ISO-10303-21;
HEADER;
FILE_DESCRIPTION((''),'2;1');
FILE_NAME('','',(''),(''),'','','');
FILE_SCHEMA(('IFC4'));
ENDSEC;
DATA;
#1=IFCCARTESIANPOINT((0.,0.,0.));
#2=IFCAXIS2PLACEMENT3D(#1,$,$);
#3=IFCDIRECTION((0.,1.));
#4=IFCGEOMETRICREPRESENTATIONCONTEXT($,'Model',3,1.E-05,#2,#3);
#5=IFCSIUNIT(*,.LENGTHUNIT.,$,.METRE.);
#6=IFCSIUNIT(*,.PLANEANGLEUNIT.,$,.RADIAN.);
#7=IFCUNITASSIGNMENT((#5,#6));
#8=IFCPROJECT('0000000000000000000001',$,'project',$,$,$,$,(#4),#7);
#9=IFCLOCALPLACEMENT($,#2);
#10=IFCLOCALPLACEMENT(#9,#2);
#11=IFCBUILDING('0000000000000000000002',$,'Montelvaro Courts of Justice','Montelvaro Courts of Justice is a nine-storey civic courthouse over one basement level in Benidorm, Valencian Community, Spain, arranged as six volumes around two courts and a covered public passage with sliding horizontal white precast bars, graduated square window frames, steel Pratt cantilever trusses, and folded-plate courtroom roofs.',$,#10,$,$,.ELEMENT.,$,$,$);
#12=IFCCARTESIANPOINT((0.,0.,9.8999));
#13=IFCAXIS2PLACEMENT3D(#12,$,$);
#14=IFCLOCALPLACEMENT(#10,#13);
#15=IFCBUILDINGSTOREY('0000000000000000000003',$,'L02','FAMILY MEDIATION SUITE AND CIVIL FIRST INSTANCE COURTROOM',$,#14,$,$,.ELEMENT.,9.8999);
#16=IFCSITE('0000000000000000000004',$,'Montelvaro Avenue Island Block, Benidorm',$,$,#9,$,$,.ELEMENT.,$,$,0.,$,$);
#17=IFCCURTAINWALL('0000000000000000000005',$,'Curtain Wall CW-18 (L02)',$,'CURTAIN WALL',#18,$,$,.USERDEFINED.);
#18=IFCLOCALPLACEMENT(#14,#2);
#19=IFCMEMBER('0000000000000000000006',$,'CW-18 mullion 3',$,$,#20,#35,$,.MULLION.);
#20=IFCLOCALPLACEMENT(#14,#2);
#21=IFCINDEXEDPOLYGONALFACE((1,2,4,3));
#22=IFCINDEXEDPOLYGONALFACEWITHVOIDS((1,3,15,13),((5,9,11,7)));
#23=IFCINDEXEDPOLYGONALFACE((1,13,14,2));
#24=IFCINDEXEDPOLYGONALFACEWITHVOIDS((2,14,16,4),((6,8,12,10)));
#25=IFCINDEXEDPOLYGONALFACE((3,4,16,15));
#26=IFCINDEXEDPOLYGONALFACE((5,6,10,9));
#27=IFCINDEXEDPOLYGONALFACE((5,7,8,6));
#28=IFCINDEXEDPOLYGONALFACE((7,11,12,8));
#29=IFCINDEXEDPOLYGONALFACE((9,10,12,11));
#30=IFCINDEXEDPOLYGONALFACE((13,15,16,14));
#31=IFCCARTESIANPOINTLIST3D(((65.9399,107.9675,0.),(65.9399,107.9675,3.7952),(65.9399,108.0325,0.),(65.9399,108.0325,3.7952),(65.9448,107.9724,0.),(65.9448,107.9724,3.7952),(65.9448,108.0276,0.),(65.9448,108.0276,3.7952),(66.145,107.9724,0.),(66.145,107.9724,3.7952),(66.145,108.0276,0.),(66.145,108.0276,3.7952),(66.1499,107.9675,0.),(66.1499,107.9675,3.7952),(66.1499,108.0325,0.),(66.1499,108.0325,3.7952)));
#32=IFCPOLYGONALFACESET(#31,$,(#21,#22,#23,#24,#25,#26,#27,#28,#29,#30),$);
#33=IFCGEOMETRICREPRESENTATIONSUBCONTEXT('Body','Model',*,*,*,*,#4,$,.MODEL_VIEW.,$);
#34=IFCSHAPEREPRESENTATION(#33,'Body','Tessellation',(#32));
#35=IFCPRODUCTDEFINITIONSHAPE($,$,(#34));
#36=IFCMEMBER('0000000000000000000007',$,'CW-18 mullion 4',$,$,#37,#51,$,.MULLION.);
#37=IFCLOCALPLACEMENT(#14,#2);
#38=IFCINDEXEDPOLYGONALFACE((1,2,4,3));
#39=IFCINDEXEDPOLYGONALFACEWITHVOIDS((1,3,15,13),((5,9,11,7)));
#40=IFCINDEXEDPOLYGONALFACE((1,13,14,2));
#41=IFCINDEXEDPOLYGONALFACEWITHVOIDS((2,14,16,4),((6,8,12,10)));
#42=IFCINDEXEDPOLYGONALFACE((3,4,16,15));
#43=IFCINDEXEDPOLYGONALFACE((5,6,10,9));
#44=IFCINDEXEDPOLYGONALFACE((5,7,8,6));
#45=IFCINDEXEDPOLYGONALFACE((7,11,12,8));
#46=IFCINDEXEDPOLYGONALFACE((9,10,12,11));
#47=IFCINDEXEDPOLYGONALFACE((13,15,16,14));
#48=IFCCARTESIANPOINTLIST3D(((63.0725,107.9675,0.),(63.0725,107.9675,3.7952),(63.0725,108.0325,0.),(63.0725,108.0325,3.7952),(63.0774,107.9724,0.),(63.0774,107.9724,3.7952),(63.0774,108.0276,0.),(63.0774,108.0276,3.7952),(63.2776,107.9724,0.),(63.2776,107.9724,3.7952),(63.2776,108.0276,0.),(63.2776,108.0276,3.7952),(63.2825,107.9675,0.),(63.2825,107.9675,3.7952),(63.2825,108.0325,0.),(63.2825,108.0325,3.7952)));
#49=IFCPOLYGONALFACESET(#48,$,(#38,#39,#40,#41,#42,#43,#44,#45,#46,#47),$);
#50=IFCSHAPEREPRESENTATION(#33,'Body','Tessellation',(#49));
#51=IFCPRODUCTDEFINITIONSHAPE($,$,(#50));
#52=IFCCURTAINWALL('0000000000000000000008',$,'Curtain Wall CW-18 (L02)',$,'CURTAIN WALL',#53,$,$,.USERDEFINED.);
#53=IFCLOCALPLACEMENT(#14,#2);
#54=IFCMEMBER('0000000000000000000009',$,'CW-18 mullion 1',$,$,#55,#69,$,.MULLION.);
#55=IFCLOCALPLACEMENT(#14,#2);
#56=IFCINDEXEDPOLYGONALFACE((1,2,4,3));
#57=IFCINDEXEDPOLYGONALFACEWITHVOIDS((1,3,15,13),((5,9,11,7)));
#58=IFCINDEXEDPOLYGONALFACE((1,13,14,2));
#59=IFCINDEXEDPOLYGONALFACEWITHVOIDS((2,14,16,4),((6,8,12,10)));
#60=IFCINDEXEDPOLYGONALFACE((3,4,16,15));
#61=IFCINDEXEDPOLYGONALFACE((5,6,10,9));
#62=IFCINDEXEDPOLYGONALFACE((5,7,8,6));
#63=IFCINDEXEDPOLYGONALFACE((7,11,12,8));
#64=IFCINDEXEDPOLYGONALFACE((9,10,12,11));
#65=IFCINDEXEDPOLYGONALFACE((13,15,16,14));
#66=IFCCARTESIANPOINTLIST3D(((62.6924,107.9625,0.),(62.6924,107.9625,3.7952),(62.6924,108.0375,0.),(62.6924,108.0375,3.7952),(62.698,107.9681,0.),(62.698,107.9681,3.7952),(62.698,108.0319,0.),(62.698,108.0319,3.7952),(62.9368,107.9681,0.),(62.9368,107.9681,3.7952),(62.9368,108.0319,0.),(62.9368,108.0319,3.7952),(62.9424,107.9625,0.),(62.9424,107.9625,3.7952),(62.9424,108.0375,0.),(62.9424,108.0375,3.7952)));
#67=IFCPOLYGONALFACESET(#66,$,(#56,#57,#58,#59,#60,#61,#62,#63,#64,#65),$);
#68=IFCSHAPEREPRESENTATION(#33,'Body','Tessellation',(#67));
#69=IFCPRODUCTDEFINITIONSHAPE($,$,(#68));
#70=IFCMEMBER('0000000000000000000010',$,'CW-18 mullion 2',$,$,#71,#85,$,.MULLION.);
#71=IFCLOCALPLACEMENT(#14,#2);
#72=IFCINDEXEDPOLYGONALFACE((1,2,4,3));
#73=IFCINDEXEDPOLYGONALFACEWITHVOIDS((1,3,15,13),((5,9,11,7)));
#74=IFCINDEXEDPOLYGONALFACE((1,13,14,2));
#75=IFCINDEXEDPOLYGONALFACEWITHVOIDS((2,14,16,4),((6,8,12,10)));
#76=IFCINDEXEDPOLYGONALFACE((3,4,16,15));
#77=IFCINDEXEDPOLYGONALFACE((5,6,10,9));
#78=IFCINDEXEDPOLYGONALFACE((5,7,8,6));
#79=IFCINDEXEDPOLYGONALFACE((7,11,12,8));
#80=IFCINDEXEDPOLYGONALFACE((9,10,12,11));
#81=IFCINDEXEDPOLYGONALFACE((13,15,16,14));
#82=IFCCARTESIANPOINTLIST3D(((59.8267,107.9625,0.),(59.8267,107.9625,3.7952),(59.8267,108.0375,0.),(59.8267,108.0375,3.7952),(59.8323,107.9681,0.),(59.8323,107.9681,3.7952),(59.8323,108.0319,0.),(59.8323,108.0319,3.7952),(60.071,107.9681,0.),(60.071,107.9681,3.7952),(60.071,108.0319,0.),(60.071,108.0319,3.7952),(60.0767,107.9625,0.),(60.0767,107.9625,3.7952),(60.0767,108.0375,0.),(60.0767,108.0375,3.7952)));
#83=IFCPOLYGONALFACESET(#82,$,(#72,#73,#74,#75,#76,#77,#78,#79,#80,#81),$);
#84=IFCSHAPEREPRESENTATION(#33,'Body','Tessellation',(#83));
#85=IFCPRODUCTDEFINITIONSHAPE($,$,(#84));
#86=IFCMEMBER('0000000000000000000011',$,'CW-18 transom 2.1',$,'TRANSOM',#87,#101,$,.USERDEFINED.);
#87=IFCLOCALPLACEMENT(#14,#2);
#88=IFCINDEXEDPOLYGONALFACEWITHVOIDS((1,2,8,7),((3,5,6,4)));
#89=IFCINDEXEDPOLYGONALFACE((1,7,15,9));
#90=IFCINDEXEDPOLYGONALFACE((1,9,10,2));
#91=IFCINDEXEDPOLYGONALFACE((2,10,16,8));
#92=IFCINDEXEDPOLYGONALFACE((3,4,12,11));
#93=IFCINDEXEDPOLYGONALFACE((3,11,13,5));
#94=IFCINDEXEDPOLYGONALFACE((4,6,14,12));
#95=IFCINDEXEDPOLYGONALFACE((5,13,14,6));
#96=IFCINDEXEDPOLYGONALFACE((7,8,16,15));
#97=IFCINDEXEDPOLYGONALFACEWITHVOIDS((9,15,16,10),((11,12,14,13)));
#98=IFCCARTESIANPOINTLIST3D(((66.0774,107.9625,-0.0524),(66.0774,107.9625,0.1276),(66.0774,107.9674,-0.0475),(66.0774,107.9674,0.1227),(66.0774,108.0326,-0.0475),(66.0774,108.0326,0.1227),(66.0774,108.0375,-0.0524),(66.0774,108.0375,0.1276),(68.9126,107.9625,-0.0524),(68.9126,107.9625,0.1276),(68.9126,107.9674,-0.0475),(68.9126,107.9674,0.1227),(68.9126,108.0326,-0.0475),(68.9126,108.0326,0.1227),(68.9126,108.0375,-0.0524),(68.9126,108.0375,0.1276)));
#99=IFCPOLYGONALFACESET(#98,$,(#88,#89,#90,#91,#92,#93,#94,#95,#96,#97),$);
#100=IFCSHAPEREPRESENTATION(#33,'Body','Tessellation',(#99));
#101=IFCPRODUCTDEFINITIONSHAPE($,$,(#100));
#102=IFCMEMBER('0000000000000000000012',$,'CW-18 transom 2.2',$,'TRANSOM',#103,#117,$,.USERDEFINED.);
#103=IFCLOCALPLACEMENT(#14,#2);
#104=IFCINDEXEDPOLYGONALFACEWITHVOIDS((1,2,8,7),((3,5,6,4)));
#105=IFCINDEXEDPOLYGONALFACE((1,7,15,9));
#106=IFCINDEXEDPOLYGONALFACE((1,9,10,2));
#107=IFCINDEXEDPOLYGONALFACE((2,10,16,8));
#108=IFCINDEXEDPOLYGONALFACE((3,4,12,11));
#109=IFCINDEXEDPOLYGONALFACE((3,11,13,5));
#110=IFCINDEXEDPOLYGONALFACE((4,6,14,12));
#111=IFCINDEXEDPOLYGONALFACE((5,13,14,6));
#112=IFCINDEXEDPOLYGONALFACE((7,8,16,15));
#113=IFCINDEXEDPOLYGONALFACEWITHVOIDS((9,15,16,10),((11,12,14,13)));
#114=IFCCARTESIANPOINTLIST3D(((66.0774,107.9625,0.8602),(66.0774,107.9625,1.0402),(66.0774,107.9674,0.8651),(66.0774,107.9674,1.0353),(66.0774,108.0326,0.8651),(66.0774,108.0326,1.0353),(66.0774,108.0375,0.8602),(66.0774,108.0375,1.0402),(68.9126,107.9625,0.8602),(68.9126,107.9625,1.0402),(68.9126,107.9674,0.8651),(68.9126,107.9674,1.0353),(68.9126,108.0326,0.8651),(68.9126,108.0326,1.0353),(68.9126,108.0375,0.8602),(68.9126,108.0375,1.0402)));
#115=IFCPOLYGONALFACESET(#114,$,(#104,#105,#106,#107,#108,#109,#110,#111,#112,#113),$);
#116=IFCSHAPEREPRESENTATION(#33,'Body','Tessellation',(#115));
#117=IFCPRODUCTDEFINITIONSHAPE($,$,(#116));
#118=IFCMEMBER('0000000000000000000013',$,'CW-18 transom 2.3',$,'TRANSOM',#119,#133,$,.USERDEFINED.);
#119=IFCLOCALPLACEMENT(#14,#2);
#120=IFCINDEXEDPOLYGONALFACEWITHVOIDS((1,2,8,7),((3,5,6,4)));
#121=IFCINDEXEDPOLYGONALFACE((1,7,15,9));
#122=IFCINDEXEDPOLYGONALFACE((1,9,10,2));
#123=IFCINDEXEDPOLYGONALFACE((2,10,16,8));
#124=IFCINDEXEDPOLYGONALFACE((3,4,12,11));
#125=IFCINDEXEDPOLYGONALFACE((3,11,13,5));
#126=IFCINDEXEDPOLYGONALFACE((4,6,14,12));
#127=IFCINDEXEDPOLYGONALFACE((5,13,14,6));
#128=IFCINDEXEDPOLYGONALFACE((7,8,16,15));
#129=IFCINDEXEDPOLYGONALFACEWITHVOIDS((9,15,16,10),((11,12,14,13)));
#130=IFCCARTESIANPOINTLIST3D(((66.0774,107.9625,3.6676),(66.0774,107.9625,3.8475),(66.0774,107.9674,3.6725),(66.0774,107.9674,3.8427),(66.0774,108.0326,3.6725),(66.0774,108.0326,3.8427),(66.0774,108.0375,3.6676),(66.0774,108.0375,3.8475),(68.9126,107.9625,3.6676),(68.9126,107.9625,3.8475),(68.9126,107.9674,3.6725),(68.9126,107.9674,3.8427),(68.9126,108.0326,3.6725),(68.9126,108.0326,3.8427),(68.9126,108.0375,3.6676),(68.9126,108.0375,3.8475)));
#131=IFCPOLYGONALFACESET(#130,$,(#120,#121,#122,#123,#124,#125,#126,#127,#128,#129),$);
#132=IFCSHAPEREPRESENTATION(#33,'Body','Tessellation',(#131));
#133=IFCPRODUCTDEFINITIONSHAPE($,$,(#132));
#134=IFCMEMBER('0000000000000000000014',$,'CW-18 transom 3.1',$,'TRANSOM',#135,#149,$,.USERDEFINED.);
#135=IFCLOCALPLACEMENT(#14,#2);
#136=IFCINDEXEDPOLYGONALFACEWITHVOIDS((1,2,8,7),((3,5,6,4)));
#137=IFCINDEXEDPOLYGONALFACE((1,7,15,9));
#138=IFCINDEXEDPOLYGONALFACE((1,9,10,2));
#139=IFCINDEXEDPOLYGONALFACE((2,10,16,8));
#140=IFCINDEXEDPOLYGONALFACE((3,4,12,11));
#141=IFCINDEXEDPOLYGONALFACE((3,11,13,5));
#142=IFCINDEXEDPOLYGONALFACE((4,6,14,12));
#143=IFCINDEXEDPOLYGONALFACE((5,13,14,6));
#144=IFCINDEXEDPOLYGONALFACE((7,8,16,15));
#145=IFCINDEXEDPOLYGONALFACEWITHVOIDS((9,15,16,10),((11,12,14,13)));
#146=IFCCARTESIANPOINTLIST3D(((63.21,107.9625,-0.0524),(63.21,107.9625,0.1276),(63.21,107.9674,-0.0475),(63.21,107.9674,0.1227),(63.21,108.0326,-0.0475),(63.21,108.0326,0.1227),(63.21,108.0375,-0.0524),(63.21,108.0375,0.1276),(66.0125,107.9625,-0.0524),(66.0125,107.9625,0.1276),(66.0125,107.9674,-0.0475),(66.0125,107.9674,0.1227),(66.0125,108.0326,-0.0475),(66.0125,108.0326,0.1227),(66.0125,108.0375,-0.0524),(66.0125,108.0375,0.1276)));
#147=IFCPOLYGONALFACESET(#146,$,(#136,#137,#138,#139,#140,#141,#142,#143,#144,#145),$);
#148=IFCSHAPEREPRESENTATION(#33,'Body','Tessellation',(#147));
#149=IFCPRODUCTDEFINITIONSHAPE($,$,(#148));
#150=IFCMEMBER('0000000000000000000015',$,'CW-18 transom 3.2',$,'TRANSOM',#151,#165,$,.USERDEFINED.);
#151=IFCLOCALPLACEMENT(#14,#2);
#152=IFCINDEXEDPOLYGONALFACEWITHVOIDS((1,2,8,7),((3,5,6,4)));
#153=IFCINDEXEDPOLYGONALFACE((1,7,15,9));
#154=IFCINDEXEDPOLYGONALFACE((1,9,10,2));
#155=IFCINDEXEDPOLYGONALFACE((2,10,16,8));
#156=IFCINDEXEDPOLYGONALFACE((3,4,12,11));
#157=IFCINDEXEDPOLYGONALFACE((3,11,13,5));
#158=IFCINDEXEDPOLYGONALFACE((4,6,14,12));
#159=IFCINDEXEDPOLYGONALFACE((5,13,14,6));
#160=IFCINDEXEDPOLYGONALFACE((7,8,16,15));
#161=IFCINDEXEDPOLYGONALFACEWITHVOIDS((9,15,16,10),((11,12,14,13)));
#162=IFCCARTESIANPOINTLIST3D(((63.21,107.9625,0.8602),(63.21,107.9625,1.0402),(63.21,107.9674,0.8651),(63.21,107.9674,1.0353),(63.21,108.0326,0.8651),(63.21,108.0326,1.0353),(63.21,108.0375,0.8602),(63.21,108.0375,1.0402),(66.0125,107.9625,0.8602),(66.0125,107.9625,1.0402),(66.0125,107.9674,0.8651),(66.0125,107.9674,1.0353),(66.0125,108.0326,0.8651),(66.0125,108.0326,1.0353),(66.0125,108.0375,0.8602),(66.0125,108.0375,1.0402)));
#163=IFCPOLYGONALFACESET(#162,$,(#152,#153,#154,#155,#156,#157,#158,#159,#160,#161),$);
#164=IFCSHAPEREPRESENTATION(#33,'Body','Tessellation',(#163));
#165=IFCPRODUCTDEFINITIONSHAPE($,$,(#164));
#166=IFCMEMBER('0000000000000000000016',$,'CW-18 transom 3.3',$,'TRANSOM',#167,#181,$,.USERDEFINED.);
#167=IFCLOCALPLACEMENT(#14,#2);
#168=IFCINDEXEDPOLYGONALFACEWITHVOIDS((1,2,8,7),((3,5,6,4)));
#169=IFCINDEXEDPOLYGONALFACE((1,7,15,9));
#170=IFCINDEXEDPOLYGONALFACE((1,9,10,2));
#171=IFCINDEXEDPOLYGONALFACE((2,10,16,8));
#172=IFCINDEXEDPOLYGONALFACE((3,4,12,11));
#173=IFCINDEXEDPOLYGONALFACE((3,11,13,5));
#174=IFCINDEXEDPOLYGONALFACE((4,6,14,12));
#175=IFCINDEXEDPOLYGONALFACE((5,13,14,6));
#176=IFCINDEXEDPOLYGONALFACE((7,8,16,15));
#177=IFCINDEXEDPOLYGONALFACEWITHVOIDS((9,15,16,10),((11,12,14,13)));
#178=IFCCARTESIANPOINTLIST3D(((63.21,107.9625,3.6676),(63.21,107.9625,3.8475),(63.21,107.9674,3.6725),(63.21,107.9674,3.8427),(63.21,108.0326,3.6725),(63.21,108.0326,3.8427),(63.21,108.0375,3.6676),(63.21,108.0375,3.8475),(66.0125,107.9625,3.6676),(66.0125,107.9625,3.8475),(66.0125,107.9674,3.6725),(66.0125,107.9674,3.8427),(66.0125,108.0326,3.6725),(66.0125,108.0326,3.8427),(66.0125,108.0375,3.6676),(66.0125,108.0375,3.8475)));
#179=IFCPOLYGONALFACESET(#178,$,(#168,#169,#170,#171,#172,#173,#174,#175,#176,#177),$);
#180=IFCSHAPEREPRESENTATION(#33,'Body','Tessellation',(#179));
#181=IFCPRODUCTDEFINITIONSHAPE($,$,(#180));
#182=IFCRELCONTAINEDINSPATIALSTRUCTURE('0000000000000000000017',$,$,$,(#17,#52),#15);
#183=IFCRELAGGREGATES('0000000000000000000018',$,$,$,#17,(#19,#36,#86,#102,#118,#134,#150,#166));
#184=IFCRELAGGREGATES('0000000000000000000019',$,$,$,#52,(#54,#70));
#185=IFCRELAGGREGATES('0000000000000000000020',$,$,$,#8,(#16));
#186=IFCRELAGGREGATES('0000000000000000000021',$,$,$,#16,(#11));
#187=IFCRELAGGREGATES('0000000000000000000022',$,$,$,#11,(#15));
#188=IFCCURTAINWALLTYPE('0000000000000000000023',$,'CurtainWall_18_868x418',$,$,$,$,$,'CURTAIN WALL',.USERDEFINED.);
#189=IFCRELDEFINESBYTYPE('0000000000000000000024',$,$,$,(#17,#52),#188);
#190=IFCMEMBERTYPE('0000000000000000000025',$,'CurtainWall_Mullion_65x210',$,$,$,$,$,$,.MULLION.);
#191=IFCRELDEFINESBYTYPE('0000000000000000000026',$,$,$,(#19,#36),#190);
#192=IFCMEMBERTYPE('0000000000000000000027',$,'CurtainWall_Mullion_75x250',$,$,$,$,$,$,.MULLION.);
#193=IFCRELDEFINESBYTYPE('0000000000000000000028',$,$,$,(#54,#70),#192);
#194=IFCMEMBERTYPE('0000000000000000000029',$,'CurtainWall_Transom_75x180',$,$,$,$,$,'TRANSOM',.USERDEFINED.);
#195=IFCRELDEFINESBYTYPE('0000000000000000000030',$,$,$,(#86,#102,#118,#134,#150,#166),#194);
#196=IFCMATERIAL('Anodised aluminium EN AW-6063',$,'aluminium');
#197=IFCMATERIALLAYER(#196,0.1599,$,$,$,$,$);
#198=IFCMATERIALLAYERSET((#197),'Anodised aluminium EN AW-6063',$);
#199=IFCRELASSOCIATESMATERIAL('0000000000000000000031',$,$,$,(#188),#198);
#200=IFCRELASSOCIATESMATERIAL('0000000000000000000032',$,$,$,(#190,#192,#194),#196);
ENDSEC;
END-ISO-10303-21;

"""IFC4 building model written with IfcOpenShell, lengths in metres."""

from ifc_helpers import new_model, si_unit, direction, frame, origin, origin_2d, place, context, subcontext, project, spatial, hollow_rectangle, extrude, material, layer, layer_set, material_profile, profile_set, type_object, element, aggregate, save


model = new_model("IFC4")

# Units and contexts
model_context = context("Model", 3, precision=1e-05, world=origin(), true_north=direction((0.0, 1.0)))
body_context = subcontext(model_context, "Body", "Model", "MODEL_VIEW")
ifc_project = project(units=[si_unit("LENGTHUNIT", "METRE"), si_unit("PLANEANGLEUNIT", "RADIAN")], contexts=[model_context])

# Site, building, storey
site_placement = place(None, origin())
site = spatial("IfcSite", under=ifc_project, at=site_placement, Name="Montelvaro Avenue Island Block, Benidorm", CompositionType="ELEMENT", RefElevation=0.0)
building_placement = place(site_placement, origin())
building = spatial("IfcBuilding", under=site, at=building_placement, Name="Montelvaro Courts of Justice", Description="Montelvaro Courts of Justice is a nine-storey civic courthouse over one basement level in Benidorm, Valencian Community, Spain, arranged as six volumes around two courts and a covered public passage with sliding horizontal white precast bars, graduated square window frames, steel Pratt cantilever trusses, and folded-plate courtroom roofs.", CompositionType="ELEMENT")
storey_placement = place(building_placement, frame((0.0, 0.0, 9.8999)))
storey = spatial("IfcBuildingStorey", under=building, at=storey_placement, Name="L02", Description="FAMILY MEDIATION SUITE AND CIVIL FIRST INSTANCE COURTROOM", CompositionType="ELEMENT", Elevation=9.8999)

# Curtain walls, members
ifc_material_1 = material(Name="Anodised aluminium EN AW-6063", Category="aluminium")
ifc_layer_1 = layer(ifc_material_1, 0.1599)
ifc_layer_set_1 = layer_set([ifc_layer_1], Name="Anodised aluminium EN AW-6063")
curtain_wall_type = type_object("IfcCurtainWallType", Name="CurtainWall_18_868x418", ElementType="CURTAIN WALL", PredefinedType="USERDEFINED", material=ifc_layer_set_1)
curtain_wall_1_placement = place(storey_placement, origin())
curtain_wall_1 = element("IfcCurtainWall", 1, at=curtain_wall_1_placement, inside=storey, type_object=curtain_wall_type, Name="Curtain Wall CW-18 (L02)", ObjectType="CURTAIN WALL", PredefinedType="USERDEFINED")
ifc_material_profile_1 = material_profile(ifc_material_1, hollow_rectangle(XDim=0.0649, YDim=0.21, WallThickness=0.0049, at=origin_2d()), Name="ALU-M 65x210")
ifc_profile_set_1 = profile_set([ifc_material_profile_1], Name="Anodised aluminium EN AW-6063")
member_type_1 = type_object("IfcMemberType", Name="CurtainWall_Mullion_65x210", PredefinedType="MULLION", material=ifc_profile_set_1)
member_1_placement = place(storey_placement, frame((66.0449, 108.0, 0.0), z_axis=(0.0, 0.0, 1.0), x_axis=(0.0, -1.0, 0.0)))
member_1 = element("IfcMember", 2, at=member_1_placement, type_object=member_type_1, Name="CW-18 mullion 3", PredefinedType="MULLION", context=body_context, shape_type="SweptSolid", body=[
    extrude(hollow_rectangle(XDim=0.0649, YDim=0.21, WallThickness=0.0049, at=origin_2d()), origin(), (0.0, 0.0, 1.0), 3.7952),
])
member_2_placement = place(storey_placement, frame((63.1775, 108.0, 0.0), z_axis=(0.0, 0.0, 1.0), x_axis=(0.0, -1.0, 0.0)))
member_2 = element("IfcMember", 3, at=member_2_placement, type_object=member_type_1, Name="CW-18 mullion 4", PredefinedType="MULLION", context=body_context, shape_type="SweptSolid", body=[
    extrude(hollow_rectangle(XDim=0.0649, YDim=0.21, WallThickness=0.0049, at=origin_2d()), origin(), (0.0, 0.0, 1.0), 3.7952),
])
curtain_wall_2_placement = place(storey_placement, origin())
curtain_wall_2 = element("IfcCurtainWall", 4, at=curtain_wall_2_placement, inside=storey, type_object=curtain_wall_type, Name="Curtain Wall CW-18 (L02)", ObjectType="CURTAIN WALL", PredefinedType="USERDEFINED")
ifc_material_profile_2 = material_profile(ifc_material_1, hollow_rectangle(XDim=0.075, YDim=0.25, WallThickness=0.0056, at=origin_2d()), Name="ALU-M 75x250")
ifc_profile_set_2 = profile_set([ifc_material_profile_2], Name="Anodised aluminium EN AW-6063")
member_type_2 = type_object("IfcMemberType", Name="CurtainWall_Mullion_75x250", PredefinedType="MULLION", material=ifc_profile_set_2)
member_3_placement = place(storey_placement, frame((62.8174, 108.0, 0.0), z_axis=(0.0, 0.0, 1.0), x_axis=(0.0, -1.0, 0.0)))
member_3 = element("IfcMember", 5, at=member_3_placement, type_object=member_type_2, Name="CW-18 mullion 1", PredefinedType="MULLION", context=body_context, shape_type="SweptSolid", body=[
    extrude(hollow_rectangle(XDim=0.075, YDim=0.25, WallThickness=0.0056, at=origin_2d()), origin(), (0.0, 0.0, 1.0), 3.7952),
])
member_4_placement = place(storey_placement, frame((59.9517, 108.0, 0.0), z_axis=(0.0, 0.0, 1.0), x_axis=(0.0, -1.0, 0.0)))
member_4 = element("IfcMember", 6, at=member_4_placement, type_object=member_type_2, Name="CW-18 mullion 2", PredefinedType="MULLION", context=body_context, shape_type="SweptSolid", body=[
    extrude(hollow_rectangle(XDim=0.075, YDim=0.25, WallThickness=0.0056, at=origin_2d()), origin(), (0.0, 0.0, 1.0), 3.7952),
])

# Members
ifc_material_profile_3 = material_profile(ifc_material_1, hollow_rectangle(XDim=0.075, YDim=0.1799, WallThickness=0.0049, at=origin_2d()), Name="ALU-T 75x180")
ifc_profile_set_3 = profile_set([ifc_material_profile_3], Name="Anodised aluminium EN AW-6063")
member_type_3 = type_object("IfcMemberType", Name="CurtainWall_Transom_75x180", ElementType="TRANSOM", PredefinedType="USERDEFINED", material=ifc_profile_set_3)
member_5_placement = place(storey_placement, frame((68.9126, 108.0, 0.0376), z_axis=(-1.0, 0.0, 0.0), x_axis=(0.0, -1.0, 0.0)))
member_5 = element("IfcMember", 7, at=member_5_placement, type_object=member_type_3, Name="CW-18 transom 2.1", ObjectType="TRANSOM", PredefinedType="USERDEFINED", context=body_context, shape_type="SweptSolid", body=[
    extrude(hollow_rectangle(XDim=0.075, YDim=0.1799, WallThickness=0.0049, at=origin_2d()), origin(), (0.0, 0.0, 1.0), 2.8352),
])
member_6_placement = place(storey_placement, frame((68.9126, 108.0, 0.9502), z_axis=(-1.0, 0.0, 0.0), x_axis=(0.0, -1.0, 0.0)))
member_6 = element("IfcMember", 8, at=member_6_placement, type_object=member_type_3, Name="CW-18 transom 2.2", ObjectType="TRANSOM", PredefinedType="USERDEFINED", context=body_context, shape_type="SweptSolid", body=[
    extrude(hollow_rectangle(XDim=0.075, YDim=0.1799, WallThickness=0.0049, at=origin_2d()), origin(), (0.0, 0.0, 1.0), 2.8352),
])
member_7_placement = place(storey_placement, frame((68.9126, 108.0, 3.7576), z_axis=(-1.0, 0.0, 0.0), x_axis=(0.0, -1.0, 0.0)))
member_7 = element("IfcMember", 9, at=member_7_placement, type_object=member_type_3, Name="CW-18 transom 2.3", ObjectType="TRANSOM", PredefinedType="USERDEFINED", context=body_context, shape_type="SweptSolid", body=[
    extrude(hollow_rectangle(XDim=0.075, YDim=0.1799, WallThickness=0.0049, at=origin_2d()), origin(), (0.0, 0.0, 1.0), 2.8352),
])
member_8_placement = place(storey_placement, frame((66.0125, 108.0, 0.0376), z_axis=(-1.0, 0.0, 0.0), x_axis=(0.0, -1.0, 0.0)))
member_8 = element("IfcMember", 10, at=member_8_placement, type_object=member_type_3, Name="CW-18 transom 3.1", ObjectType="TRANSOM", PredefinedType="USERDEFINED", context=body_context, shape_type="SweptSolid", body=[
    extrude(hollow_rectangle(XDim=0.075, YDim=0.1799, WallThickness=0.0049, at=origin_2d()), origin(), (0.0, 0.0, 1.0), 2.8025),
])
member_9_placement = place(storey_placement, frame((66.0125, 108.0, 0.9502), z_axis=(-1.0, 0.0, 0.0), x_axis=(0.0, -1.0, 0.0)))
member_9 = element("IfcMember", 11, at=member_9_placement, type_object=member_type_3, Name="CW-18 transom 3.2", ObjectType="TRANSOM", PredefinedType="USERDEFINED", context=body_context, shape_type="SweptSolid", body=[
    extrude(hollow_rectangle(XDim=0.075, YDim=0.1799, WallThickness=0.0049, at=origin_2d()), origin(), (0.0, 0.0, 1.0), 2.8025),
])
member_10_placement = place(storey_placement, frame((66.0125, 108.0, 3.7576), z_axis=(-1.0, 0.0, 0.0), x_axis=(0.0, -1.0, 0.0)))
member_10 = element("IfcMember", 12, at=member_10_placement, type_object=member_type_3, Name="CW-18 transom 3.3", ObjectType="TRANSOM", PredefinedType="USERDEFINED", context=body_context, shape_type="SweptSolid", body=[
    extrude(hollow_rectangle(XDim=0.075, YDim=0.1799, WallThickness=0.0049, at=origin_2d()), origin(), (0.0, 0.0, 1.0), 2.8025),
])

aggregate(curtain_wall_1, [member_1, member_2, member_5, member_6, member_7, member_8, member_9, member_10])
aggregate(curtain_wall_2, [member_3, member_4])

save(model, "model.ifc")
